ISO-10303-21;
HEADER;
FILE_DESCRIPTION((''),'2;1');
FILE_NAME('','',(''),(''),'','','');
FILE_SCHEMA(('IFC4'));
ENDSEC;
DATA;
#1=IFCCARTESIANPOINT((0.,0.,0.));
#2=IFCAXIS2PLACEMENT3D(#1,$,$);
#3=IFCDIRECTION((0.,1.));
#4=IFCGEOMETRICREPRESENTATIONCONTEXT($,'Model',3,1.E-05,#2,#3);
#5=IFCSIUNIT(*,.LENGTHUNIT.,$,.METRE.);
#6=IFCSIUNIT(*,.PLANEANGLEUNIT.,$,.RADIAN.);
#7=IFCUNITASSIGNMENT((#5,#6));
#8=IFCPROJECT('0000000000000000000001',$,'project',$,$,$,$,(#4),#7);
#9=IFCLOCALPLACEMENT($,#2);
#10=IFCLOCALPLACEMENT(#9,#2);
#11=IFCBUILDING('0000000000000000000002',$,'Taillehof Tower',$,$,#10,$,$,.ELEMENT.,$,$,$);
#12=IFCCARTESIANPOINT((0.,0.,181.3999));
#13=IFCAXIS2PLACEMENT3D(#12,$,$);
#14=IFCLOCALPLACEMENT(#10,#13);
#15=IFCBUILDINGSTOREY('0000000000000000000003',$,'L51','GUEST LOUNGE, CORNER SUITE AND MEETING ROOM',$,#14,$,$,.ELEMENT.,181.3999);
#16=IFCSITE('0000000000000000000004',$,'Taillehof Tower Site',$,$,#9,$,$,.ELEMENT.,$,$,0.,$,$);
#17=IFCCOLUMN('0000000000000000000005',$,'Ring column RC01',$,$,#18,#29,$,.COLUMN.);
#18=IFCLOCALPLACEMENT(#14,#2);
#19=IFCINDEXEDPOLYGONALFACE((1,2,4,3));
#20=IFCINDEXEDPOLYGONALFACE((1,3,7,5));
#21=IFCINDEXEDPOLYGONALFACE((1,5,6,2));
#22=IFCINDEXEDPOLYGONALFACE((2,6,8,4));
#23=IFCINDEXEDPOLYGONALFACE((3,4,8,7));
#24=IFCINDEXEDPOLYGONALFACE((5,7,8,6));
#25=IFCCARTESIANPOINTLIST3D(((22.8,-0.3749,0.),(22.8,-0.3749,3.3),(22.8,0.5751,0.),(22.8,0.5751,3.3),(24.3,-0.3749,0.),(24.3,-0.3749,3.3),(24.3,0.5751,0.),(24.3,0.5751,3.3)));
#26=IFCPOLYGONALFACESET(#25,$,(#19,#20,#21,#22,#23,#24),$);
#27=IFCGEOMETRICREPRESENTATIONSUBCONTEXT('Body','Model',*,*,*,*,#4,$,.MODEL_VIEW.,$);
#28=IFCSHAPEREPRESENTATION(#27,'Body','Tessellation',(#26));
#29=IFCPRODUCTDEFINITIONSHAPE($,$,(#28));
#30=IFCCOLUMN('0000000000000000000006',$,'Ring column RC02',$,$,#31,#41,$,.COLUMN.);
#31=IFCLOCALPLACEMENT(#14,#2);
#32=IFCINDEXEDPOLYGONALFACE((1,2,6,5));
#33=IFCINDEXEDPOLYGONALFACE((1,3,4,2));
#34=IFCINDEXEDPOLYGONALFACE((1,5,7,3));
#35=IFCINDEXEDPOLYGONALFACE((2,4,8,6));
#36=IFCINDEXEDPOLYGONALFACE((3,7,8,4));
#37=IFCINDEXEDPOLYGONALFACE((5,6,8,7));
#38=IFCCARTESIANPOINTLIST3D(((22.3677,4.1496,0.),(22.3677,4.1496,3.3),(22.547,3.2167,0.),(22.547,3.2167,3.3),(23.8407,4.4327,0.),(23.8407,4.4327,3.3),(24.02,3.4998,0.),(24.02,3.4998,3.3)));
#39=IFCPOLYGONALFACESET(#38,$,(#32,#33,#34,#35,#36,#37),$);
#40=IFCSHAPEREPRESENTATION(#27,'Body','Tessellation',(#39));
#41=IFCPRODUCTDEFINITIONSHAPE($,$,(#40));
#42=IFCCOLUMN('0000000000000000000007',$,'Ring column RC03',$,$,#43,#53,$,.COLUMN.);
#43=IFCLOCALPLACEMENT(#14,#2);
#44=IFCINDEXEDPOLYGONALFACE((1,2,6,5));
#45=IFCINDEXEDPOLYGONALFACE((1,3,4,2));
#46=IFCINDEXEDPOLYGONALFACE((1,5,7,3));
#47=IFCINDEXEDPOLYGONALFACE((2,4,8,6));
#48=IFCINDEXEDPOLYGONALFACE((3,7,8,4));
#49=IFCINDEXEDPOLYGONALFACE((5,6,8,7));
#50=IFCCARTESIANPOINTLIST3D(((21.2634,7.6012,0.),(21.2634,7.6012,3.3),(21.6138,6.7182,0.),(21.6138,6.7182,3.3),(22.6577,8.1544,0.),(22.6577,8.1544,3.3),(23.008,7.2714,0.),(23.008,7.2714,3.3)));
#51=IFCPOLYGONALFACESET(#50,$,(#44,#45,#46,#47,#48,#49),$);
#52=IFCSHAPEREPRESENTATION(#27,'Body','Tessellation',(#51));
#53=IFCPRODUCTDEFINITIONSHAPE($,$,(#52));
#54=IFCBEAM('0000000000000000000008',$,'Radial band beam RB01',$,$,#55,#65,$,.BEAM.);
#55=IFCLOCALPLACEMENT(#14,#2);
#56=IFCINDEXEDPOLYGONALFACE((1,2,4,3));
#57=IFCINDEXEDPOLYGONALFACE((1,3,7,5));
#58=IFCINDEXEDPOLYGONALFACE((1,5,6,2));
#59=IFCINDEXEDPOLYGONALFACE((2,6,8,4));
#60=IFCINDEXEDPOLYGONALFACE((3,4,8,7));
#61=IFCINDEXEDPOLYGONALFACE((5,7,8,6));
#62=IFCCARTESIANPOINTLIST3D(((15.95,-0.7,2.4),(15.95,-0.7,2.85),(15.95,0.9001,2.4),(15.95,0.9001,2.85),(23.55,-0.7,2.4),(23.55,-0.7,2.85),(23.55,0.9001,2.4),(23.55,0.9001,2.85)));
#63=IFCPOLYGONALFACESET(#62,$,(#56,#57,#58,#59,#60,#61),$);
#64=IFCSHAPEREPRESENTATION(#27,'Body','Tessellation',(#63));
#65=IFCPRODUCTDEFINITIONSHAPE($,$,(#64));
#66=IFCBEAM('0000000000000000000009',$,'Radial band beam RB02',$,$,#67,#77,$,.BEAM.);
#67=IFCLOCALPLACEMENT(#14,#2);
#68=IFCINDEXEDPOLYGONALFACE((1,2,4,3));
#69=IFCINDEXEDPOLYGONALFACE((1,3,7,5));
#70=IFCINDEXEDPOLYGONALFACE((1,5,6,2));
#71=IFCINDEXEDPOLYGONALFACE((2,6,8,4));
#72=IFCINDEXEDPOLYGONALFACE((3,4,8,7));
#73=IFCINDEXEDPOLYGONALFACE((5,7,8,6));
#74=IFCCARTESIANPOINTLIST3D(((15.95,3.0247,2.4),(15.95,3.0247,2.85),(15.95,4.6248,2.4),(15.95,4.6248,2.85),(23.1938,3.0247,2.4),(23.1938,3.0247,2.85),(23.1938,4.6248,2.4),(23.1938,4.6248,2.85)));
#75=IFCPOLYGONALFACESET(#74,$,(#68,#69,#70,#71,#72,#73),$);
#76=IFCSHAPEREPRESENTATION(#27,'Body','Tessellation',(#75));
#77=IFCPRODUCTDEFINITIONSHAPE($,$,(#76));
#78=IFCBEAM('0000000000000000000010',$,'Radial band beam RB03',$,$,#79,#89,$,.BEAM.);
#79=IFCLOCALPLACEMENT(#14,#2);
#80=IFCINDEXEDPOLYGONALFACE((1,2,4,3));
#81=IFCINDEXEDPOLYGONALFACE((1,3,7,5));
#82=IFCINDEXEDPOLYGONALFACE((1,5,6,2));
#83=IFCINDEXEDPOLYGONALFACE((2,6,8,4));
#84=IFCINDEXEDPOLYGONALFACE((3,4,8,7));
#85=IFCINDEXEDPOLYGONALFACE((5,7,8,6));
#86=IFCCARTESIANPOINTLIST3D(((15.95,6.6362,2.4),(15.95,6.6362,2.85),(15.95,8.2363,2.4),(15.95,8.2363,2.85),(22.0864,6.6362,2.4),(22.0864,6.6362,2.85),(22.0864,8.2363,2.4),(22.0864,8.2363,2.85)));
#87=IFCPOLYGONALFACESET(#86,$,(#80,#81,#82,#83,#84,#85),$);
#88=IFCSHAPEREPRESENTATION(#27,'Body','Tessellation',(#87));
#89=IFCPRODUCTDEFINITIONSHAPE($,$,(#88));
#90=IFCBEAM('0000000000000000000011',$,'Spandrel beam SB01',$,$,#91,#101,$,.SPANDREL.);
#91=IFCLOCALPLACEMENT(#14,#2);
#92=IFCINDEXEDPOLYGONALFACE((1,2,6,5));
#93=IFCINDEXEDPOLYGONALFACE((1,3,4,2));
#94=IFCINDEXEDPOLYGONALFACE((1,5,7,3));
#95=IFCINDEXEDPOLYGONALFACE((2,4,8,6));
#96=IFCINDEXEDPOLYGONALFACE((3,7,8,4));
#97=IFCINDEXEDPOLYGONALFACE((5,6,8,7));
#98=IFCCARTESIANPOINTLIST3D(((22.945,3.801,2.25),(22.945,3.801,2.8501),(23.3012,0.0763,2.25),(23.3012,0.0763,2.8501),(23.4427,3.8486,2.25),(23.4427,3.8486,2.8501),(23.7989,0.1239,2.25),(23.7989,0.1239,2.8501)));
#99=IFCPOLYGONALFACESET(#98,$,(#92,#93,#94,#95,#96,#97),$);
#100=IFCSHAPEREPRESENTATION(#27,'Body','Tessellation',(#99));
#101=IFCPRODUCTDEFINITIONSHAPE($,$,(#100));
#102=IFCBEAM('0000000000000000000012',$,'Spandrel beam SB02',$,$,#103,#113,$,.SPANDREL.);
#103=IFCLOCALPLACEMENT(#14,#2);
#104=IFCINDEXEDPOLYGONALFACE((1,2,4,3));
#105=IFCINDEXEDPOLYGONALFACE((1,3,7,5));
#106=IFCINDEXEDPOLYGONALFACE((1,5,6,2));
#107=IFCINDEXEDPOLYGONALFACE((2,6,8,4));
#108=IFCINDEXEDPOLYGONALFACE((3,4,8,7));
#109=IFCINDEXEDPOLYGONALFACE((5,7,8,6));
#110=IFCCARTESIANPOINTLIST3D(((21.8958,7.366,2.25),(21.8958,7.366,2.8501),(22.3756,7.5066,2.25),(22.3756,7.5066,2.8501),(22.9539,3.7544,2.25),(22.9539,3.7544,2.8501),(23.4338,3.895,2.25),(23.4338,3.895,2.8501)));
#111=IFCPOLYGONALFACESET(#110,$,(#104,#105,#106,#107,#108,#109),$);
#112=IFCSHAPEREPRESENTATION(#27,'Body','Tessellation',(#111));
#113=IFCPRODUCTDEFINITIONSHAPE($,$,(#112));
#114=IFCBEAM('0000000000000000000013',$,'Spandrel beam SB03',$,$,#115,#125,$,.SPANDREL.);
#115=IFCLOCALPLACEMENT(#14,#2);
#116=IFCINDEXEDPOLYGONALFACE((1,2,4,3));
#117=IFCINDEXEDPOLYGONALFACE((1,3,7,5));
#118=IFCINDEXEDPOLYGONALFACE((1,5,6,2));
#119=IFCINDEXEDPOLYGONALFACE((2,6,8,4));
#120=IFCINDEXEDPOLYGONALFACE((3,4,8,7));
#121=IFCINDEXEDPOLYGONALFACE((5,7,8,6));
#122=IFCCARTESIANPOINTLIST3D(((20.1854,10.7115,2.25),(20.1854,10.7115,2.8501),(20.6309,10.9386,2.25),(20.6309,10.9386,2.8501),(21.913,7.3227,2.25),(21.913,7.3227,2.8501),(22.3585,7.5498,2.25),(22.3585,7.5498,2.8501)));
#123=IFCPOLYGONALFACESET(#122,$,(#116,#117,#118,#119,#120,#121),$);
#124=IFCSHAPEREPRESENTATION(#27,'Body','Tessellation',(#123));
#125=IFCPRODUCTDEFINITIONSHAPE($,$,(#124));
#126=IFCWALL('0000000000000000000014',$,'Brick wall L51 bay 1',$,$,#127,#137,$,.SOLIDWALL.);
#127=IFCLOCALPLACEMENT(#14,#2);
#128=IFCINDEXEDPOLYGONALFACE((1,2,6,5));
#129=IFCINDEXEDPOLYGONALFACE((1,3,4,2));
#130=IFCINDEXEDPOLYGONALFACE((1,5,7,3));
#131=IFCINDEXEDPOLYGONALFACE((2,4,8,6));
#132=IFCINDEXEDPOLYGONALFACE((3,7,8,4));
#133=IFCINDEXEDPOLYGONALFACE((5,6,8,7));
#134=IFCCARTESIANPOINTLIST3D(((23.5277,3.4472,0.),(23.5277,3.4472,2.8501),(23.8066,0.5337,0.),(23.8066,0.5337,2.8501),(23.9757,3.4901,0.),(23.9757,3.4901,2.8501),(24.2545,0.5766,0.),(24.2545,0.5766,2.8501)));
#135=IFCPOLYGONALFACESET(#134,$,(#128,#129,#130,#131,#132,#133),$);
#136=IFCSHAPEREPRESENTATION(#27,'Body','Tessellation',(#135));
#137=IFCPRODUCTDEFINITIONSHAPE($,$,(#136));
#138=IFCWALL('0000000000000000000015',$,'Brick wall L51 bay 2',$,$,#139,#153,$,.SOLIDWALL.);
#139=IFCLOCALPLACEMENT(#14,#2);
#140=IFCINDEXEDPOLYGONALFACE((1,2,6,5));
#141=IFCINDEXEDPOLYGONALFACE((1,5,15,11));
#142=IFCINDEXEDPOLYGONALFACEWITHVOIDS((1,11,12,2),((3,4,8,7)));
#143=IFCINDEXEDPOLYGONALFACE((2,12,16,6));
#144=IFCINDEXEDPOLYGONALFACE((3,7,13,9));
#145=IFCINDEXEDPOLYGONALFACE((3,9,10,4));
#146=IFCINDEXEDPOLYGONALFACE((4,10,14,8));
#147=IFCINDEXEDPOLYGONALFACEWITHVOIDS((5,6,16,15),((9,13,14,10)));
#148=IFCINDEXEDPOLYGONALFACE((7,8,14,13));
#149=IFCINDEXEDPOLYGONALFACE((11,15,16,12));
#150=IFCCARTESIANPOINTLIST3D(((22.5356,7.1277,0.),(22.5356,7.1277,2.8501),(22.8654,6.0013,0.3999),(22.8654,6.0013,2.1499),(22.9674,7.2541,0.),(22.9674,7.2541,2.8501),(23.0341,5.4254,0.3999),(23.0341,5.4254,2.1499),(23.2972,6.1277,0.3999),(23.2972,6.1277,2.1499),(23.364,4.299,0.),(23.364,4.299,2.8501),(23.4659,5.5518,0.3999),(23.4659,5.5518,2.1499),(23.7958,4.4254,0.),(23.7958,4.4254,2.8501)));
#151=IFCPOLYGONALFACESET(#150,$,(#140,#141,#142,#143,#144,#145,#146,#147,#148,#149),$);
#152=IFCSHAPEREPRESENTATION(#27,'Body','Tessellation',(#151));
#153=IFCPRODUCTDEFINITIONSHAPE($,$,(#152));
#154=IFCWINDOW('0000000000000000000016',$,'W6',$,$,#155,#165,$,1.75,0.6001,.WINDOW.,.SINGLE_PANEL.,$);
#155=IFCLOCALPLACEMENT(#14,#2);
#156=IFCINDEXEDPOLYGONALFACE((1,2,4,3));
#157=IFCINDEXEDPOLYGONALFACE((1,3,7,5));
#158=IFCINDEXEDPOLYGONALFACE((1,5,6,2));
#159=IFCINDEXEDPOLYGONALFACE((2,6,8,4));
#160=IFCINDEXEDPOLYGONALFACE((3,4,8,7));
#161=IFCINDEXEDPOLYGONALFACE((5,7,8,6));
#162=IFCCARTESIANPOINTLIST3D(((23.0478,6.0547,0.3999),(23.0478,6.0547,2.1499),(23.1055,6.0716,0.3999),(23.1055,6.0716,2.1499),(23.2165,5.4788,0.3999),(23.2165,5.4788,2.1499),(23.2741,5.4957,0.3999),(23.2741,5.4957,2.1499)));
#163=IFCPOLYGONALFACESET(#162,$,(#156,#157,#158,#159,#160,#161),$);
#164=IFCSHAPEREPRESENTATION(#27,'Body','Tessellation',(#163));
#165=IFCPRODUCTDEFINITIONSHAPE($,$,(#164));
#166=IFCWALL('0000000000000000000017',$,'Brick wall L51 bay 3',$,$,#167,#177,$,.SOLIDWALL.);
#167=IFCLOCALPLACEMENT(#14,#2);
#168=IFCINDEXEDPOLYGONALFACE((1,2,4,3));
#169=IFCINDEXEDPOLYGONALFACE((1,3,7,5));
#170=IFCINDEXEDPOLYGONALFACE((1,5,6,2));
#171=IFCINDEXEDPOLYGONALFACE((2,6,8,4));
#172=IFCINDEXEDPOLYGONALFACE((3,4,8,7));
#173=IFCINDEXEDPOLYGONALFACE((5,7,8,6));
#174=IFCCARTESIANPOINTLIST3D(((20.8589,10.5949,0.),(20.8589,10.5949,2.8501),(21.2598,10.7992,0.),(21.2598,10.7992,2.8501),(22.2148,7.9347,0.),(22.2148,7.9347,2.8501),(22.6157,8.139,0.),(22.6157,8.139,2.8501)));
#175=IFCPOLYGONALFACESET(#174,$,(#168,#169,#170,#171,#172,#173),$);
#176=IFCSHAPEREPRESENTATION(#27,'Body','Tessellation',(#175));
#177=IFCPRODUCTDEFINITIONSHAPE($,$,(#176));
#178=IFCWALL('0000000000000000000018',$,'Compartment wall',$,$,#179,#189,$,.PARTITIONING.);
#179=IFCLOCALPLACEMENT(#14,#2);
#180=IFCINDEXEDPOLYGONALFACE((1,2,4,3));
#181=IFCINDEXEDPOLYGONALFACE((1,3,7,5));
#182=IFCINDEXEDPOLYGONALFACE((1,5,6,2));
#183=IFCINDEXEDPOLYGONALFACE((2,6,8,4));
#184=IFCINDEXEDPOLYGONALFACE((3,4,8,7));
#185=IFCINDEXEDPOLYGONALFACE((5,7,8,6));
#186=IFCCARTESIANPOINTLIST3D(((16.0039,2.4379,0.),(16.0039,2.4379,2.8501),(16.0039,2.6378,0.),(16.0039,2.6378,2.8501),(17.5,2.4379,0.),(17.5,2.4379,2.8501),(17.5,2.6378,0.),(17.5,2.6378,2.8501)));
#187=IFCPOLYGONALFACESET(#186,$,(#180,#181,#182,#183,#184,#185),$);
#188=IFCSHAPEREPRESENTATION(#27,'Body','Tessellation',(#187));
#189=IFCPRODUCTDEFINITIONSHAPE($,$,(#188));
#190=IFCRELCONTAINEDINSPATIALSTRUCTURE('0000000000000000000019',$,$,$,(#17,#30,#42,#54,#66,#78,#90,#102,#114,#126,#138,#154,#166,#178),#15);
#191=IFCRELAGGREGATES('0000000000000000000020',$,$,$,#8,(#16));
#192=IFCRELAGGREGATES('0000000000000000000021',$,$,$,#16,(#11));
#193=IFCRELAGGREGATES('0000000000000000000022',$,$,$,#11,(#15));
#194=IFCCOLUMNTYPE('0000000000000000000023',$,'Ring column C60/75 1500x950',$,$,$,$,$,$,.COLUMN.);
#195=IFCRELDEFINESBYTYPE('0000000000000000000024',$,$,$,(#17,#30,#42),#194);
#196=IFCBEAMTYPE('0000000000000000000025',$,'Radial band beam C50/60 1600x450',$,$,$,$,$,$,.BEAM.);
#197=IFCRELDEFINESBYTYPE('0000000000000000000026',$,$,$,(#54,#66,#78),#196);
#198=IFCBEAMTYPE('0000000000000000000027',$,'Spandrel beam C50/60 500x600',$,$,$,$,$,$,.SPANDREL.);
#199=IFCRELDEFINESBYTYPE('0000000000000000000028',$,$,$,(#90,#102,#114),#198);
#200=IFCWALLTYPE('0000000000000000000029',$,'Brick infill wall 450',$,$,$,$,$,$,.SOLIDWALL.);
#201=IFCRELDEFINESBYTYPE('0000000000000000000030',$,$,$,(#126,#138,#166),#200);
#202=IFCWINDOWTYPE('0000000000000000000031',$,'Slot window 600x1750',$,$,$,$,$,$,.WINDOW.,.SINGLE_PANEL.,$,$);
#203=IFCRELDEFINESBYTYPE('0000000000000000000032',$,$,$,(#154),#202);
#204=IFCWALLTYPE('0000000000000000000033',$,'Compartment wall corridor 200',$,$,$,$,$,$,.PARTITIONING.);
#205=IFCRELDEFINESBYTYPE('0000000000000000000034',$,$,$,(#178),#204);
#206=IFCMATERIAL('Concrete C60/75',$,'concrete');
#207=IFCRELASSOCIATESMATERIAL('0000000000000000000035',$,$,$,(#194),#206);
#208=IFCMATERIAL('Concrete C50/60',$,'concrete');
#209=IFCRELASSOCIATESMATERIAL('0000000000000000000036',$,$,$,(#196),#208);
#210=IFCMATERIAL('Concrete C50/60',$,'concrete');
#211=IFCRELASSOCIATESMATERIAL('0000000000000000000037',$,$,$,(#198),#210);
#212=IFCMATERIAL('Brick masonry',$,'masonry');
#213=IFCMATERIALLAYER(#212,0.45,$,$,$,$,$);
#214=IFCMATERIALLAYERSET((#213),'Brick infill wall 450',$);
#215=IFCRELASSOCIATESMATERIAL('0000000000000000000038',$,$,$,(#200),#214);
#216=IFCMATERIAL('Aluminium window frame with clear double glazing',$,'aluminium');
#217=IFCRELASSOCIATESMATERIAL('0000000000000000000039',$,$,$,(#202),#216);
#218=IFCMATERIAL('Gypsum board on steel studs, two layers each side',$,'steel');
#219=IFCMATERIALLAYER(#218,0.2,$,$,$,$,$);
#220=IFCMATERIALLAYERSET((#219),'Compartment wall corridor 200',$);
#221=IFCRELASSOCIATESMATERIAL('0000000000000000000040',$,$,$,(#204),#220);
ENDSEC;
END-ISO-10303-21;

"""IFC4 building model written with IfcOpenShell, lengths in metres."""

from ifc_helpers import new_model, si_unit, direction, frame, frame_2d, origin, origin_2d, place, context, subcontext, project, spatial, rectangle, extrude, material, layer, layer_set, material_profile, profile_set, type_object, element, fill, save


model = new_model("IFC4")

# Units and contexts
model_context = context("Model", 3, precision=1e-05, world=origin(), true_north=direction((0.0, 1.0)))
body_context = subcontext(model_context, "Body", "Model", "MODEL_VIEW")
ifc_project = project(units=[si_unit("LENGTHUNIT", "METRE"), si_unit("PLANEANGLEUNIT", "RADIAN")], contexts=[model_context])

# Site, building, storey
site_placement = place(None, origin())
site = spatial("IfcSite", under=ifc_project, at=site_placement, Name="Taillehof Tower Site", CompositionType="ELEMENT", RefElevation=0.0)
building_placement = place(site_placement, origin())
building = spatial("IfcBuilding", under=site, at=building_placement, Name="Taillehof Tower", CompositionType="ELEMENT")
storey_placement = place(building_placement, frame((0.0, 0.0, 181.3999)))
storey = spatial("IfcBuildingStorey", under=building, at=storey_placement, Name="L51", Description="GUEST LOUNGE, CORNER SUITE AND MEETING ROOM", CompositionType="ELEMENT", Elevation=181.3999)

# Columns
ifc_material_1 = material(Name="Concrete C60/75", Category="concrete")
ifc_material_profile_1 = material_profile(ifc_material_1, rectangle(XDim=1.5, YDim=0.95, at=origin_2d()), Name="RC 1500x950")
ifc_profile_set_1 = profile_set([ifc_material_profile_1], Name="Concrete C60/75")
column_type = type_object("IfcColumnType", Name="Ring column C60/75 1500x950", PredefinedType="COLUMN", material=ifc_profile_set_1)
for number, where, z_axis, x_axis, name in (
    (1, (23.55, 0.1001, 0.0), (0.0, 0.0, 1.0), (1.0, 0.0, 0.0), "Ring column RC01"),
    (2, (23.1938, 3.8247, 0.0), (0.0, 0.0, 1.0), (0.982024, 0.188757, 0.0), "Ring column RC02"),
    (3, (22.1357, 7.4363, 0.0), (0.0, 0.0, 1.0), (0.929511, 0.368793, 0.0), "Ring column RC03"),
):
    element("IfcColumn", number, at=place(storey_placement, frame(where, z_axis=z_axis, x_axis=x_axis)), inside=storey, type_object=column_type, Name=name, PredefinedType="COLUMN", context=body_context, shape_type="SweptSolid", body=[
        extrude(rectangle(XDim=1.5, YDim=0.95, at=origin_2d()), origin(), (0.0, 0.0, 1.0), 3.3),
    ])

# Beams
ifc_material_2 = material(Name="Concrete C50/60", Category="concrete")
ifc_material_profile_2 = material_profile(ifc_material_2, rectangle(XDim=1.6001, YDim=0.45, at=origin_2d()), Name="RC 1600x450")
ifc_profile_set_2 = profile_set([ifc_material_profile_2], Name="Concrete C50/60")
beam_type_1 = type_object("IfcBeamType", Name="Radial band beam C50/60 1600x450", PredefinedType="BEAM", material=ifc_profile_set_2)
beam_1_placement = place(storey_placement, frame((23.55, 0.1001, 2.625), z_axis=(-1.0, 0.0, 0.0), x_axis=(0.0, -1.0, 0.0)))
element("IfcBeam", 4, at=beam_1_placement, inside=storey, type_object=beam_type_1, Name="Radial band beam RB01", PredefinedType="BEAM", context=body_context, shape_type="SweptSolid", body=[
    extrude(rectangle(XDim=1.6001, YDim=0.45, at=origin_2d()), origin(), (0.0, 0.0, 1.0), 7.6001),
])
beam_2_placement = place(storey_placement, frame((23.1938, 3.8247, 2.625), z_axis=(-1.0, 0.0, 0.0), x_axis=(0.0, -1.0, 0.0)))
element("IfcBeam", 5, at=beam_2_placement, inside=storey, type_object=beam_type_1, Name="Radial band beam RB02", PredefinedType="BEAM", context=body_context, shape_type="SweptSolid", body=[
    extrude(rectangle(XDim=1.6001, YDim=0.45, at=origin_2d()), origin(), (0.0, 0.0, 1.0), 7.2439),
])
beam_3_placement = place(storey_placement, frame((22.0864, 7.4363, 2.625), z_axis=(-1.0, 0.0, 0.0), x_axis=(0.0, -1.0, 0.0)))
element("IfcBeam", 6, at=beam_3_placement, inside=storey, type_object=beam_type_1, Name="Radial band beam RB03", PredefinedType="BEAM", context=body_context, shape_type="SweptSolid", body=[
    extrude(rectangle(XDim=1.6001, YDim=0.45, at=origin_2d()), origin(), (0.0, 0.0, 1.0), 6.1365),
])
ifc_material_3 = material(Name="Concrete C50/60", Category="concrete")
ifc_material_profile_3 = material_profile(ifc_material_3, rectangle(XDim=0.5, YDim=0.6001, at=origin_2d()), Name="RC 500x600")
ifc_profile_set_3 = profile_set([ifc_material_profile_3], Name="Concrete C50/60")
beam_type_2 = type_object("IfcBeamType", Name="Spandrel beam C50/60 500x600", PredefinedType="SPANDREL", material=ifc_profile_set_3)
beam_4_placement = place(storey_placement, frame((23.55, 0.1001, 2.55), z_axis=(-0.0952, 0.995458, 0.0), x_axis=(-0.995458, -0.0952, 0.0)))
element("IfcBeam", 7, at=beam_4_placement, inside=storey, type_object=beam_type_2, Name="Spandrel beam SB01", PredefinedType="SPANDREL", context=body_context, shape_type="SweptSolid", body=[
    extrude(rectangle(XDim=0.5, YDim=0.6001, at=origin_2d()), origin(), (0.0, 0.0, 1.0), 3.7417),
])
beam_5_placement = place(storey_placement, frame((23.1938, 3.8247, 2.55), z_axis=(-0.281158, 0.959661, 0.0), x_axis=(-0.959661, -0.281158, 0.0)))
element("IfcBeam", 8, at=beam_5_placement, inside=storey, type_object=beam_type_2, Name="Spandrel beam SB02", PredefinedType="SPANDREL", context=body_context, shape_type="SweptSolid", body=[
    extrude(rectangle(XDim=0.5, YDim=0.6001, at=origin_2d()), origin(), (0.0, 0.0, 1.0), 3.7634),
])
beam_6_placement = place(storey_placement, frame((22.1357, 7.4363, 2.55), z_axis=(-0.454183, 0.890908, 0.0), x_axis=(-0.890908, -0.454183, 0.0)))
element("IfcBeam", 9, at=beam_6_placement, inside=storey, type_object=beam_type_2, Name="Spandrel beam SB03", PredefinedType="SPANDREL", context=body_context, shape_type="SweptSolid", body=[
    extrude(rectangle(XDim=0.5, YDim=0.6001, at=origin_2d()), origin(), (0.0, 0.0, 1.0), 3.8037),
])

# Wall
ifc_material_4 = material(Name="Brick masonry", Category="masonry")
ifc_layer_1 = layer(ifc_material_4, 0.45)
ifc_layer_set_1 = layer_set([ifc_layer_1], Name="Brick infill wall 450")
wall_type_1 = type_object("IfcWallType", Name="Brick infill wall 450", PredefinedType="SOLIDWALL", material=ifc_layer_set_1)
wall_1_placement = place(storey_placement, frame((24.0305, 0.5552, 0.0), z_axis=(0.0, 0.0, 1.0), x_axis=(-0.095266, 0.995452, 0.0)))
element("IfcWall", 10, at=wall_1_placement, inside=storey, type_object=wall_type_1, Name="Brick wall L51 bay 1", PredefinedType="SOLIDWALL", context=body_context, shape_type="SweptSolid", body=[
    extrude(rectangle(XDim=2.9268, YDim=0.45, at=frame_2d((1.4634, 0.0))), origin(), (0.0, 0.0, 1.0), 2.8501),
])

# Wall, opening, window
wall_2_placement = place(storey_placement, frame((23.5798, 4.3623, 0.0), z_axis=(0.0, 0.0, 1.0), x_axis=(-0.281049, 0.959693, 0.0)))
wall_2 = element("IfcWall", 11, at=wall_2_placement, inside=storey, type_object=wall_type_1, Name="Brick wall L51 bay 2", PredefinedType="SOLIDWALL", context=body_context, shape_type="SweptSolid", body=[
    extrude(rectangle(XDim=2.9475, YDim=0.45, at=frame_2d((1.4736, 0.0))), origin(), (0.0, 0.0, 1.0), 2.8501),
])
opening_placement = place(wall_2_placement, frame((1.1736, 0.0, 0.3999)))
opening = element("IfcOpeningElement", 12, at=opening_placement, cuts=wall_2, PredefinedType="OPENING", context=body_context, shape_type="SweptSolid", body=[
    extrude(rectangle(XDim=0.6001, YDim=1.75, at=frame_2d((0.3, 0.875))), frame((0.0, 0.2349, 0.0), z_axis=(0.0, -1.0, 0.0), x_axis=(1.0, 0.0, 0.0)), (0.0, 0.0, 1.0), 0.47),
])
ifc_material_5 = material(Name="Aluminium window frame with clear double glazing", Category="aluminium")
window_type = type_object("IfcWindowType", Name="Slot window 600x1750", PartitioningType="SINGLE_PANEL", PredefinedType="WINDOW", material=ifc_material_5)
window_placement = place(opening_placement, origin())
window = element("IfcWindow", 13, at=window_placement, inside=storey, type_object=window_type, Name="W6", OverallHeight=1.75, OverallWidth=0.6001, PartitioningType="SINGLE_PANEL", PredefinedType="WINDOW", context=body_context, shape_type="SweptSolid", body=[
    extrude(rectangle(XDim=0.6001, YDim=1.75, at=frame_2d((0.3, 0.875))), frame((0.0, 0.0349, 0.0), z_axis=(0.0, -1.0, 0.0), x_axis=(1.0, 0.0, 0.0)), (0.0, 0.0, 1.0), 0.0601),
])
fill(opening, window)

# Walls
wall_3_placement = place(storey_placement, frame((22.4153, 8.0369, 0.0), z_axis=(0.0, 0.0, 1.0), x_axis=(-0.454134, 0.890933, 0.0)))
element("IfcWall", 14, at=wall_3_placement, inside=storey, type_object=wall_type_1, Name="Brick wall L51 bay 3", PredefinedType="SOLIDWALL", context=body_context, shape_type="SweptSolid", body=[
    extrude(rectangle(XDim=2.9858, YDim=0.45, at=frame_2d((1.4929, 0.0))), origin(), (0.0, 0.0, 1.0), 2.8501),
])
ifc_material_6 = material(Name="Gypsum board on steel studs, two layers each side", Category="steel")
ifc_layer_2 = layer(ifc_material_6, 0.2)
ifc_layer_set_2 = layer_set([ifc_layer_2], Name="Compartment wall corridor 200")
wall_type_2 = type_object("IfcWallType", Name="Compartment wall corridor 200", PredefinedType="PARTITIONING", material=ifc_layer_set_2)
wall_4_placement = place(storey_placement, frame((17.5, 2.5378, 0.0), z_axis=(0.0, 0.0, 1.0), x_axis=(-1.0, 0.0, 0.0)))
element("IfcWall", 15, at=wall_4_placement, inside=storey, type_object=wall_type_2, Name="Compartment wall", PredefinedType="PARTITIONING", context=body_context, shape_type="SweptSolid", body=[
    extrude(rectangle(XDim=1.4961, YDim=0.2, at=frame_2d((0.748, 0.0))), origin(), (0.0, 0.0, 1.0), 2.8501),
])

save(model, "model.ifc")
